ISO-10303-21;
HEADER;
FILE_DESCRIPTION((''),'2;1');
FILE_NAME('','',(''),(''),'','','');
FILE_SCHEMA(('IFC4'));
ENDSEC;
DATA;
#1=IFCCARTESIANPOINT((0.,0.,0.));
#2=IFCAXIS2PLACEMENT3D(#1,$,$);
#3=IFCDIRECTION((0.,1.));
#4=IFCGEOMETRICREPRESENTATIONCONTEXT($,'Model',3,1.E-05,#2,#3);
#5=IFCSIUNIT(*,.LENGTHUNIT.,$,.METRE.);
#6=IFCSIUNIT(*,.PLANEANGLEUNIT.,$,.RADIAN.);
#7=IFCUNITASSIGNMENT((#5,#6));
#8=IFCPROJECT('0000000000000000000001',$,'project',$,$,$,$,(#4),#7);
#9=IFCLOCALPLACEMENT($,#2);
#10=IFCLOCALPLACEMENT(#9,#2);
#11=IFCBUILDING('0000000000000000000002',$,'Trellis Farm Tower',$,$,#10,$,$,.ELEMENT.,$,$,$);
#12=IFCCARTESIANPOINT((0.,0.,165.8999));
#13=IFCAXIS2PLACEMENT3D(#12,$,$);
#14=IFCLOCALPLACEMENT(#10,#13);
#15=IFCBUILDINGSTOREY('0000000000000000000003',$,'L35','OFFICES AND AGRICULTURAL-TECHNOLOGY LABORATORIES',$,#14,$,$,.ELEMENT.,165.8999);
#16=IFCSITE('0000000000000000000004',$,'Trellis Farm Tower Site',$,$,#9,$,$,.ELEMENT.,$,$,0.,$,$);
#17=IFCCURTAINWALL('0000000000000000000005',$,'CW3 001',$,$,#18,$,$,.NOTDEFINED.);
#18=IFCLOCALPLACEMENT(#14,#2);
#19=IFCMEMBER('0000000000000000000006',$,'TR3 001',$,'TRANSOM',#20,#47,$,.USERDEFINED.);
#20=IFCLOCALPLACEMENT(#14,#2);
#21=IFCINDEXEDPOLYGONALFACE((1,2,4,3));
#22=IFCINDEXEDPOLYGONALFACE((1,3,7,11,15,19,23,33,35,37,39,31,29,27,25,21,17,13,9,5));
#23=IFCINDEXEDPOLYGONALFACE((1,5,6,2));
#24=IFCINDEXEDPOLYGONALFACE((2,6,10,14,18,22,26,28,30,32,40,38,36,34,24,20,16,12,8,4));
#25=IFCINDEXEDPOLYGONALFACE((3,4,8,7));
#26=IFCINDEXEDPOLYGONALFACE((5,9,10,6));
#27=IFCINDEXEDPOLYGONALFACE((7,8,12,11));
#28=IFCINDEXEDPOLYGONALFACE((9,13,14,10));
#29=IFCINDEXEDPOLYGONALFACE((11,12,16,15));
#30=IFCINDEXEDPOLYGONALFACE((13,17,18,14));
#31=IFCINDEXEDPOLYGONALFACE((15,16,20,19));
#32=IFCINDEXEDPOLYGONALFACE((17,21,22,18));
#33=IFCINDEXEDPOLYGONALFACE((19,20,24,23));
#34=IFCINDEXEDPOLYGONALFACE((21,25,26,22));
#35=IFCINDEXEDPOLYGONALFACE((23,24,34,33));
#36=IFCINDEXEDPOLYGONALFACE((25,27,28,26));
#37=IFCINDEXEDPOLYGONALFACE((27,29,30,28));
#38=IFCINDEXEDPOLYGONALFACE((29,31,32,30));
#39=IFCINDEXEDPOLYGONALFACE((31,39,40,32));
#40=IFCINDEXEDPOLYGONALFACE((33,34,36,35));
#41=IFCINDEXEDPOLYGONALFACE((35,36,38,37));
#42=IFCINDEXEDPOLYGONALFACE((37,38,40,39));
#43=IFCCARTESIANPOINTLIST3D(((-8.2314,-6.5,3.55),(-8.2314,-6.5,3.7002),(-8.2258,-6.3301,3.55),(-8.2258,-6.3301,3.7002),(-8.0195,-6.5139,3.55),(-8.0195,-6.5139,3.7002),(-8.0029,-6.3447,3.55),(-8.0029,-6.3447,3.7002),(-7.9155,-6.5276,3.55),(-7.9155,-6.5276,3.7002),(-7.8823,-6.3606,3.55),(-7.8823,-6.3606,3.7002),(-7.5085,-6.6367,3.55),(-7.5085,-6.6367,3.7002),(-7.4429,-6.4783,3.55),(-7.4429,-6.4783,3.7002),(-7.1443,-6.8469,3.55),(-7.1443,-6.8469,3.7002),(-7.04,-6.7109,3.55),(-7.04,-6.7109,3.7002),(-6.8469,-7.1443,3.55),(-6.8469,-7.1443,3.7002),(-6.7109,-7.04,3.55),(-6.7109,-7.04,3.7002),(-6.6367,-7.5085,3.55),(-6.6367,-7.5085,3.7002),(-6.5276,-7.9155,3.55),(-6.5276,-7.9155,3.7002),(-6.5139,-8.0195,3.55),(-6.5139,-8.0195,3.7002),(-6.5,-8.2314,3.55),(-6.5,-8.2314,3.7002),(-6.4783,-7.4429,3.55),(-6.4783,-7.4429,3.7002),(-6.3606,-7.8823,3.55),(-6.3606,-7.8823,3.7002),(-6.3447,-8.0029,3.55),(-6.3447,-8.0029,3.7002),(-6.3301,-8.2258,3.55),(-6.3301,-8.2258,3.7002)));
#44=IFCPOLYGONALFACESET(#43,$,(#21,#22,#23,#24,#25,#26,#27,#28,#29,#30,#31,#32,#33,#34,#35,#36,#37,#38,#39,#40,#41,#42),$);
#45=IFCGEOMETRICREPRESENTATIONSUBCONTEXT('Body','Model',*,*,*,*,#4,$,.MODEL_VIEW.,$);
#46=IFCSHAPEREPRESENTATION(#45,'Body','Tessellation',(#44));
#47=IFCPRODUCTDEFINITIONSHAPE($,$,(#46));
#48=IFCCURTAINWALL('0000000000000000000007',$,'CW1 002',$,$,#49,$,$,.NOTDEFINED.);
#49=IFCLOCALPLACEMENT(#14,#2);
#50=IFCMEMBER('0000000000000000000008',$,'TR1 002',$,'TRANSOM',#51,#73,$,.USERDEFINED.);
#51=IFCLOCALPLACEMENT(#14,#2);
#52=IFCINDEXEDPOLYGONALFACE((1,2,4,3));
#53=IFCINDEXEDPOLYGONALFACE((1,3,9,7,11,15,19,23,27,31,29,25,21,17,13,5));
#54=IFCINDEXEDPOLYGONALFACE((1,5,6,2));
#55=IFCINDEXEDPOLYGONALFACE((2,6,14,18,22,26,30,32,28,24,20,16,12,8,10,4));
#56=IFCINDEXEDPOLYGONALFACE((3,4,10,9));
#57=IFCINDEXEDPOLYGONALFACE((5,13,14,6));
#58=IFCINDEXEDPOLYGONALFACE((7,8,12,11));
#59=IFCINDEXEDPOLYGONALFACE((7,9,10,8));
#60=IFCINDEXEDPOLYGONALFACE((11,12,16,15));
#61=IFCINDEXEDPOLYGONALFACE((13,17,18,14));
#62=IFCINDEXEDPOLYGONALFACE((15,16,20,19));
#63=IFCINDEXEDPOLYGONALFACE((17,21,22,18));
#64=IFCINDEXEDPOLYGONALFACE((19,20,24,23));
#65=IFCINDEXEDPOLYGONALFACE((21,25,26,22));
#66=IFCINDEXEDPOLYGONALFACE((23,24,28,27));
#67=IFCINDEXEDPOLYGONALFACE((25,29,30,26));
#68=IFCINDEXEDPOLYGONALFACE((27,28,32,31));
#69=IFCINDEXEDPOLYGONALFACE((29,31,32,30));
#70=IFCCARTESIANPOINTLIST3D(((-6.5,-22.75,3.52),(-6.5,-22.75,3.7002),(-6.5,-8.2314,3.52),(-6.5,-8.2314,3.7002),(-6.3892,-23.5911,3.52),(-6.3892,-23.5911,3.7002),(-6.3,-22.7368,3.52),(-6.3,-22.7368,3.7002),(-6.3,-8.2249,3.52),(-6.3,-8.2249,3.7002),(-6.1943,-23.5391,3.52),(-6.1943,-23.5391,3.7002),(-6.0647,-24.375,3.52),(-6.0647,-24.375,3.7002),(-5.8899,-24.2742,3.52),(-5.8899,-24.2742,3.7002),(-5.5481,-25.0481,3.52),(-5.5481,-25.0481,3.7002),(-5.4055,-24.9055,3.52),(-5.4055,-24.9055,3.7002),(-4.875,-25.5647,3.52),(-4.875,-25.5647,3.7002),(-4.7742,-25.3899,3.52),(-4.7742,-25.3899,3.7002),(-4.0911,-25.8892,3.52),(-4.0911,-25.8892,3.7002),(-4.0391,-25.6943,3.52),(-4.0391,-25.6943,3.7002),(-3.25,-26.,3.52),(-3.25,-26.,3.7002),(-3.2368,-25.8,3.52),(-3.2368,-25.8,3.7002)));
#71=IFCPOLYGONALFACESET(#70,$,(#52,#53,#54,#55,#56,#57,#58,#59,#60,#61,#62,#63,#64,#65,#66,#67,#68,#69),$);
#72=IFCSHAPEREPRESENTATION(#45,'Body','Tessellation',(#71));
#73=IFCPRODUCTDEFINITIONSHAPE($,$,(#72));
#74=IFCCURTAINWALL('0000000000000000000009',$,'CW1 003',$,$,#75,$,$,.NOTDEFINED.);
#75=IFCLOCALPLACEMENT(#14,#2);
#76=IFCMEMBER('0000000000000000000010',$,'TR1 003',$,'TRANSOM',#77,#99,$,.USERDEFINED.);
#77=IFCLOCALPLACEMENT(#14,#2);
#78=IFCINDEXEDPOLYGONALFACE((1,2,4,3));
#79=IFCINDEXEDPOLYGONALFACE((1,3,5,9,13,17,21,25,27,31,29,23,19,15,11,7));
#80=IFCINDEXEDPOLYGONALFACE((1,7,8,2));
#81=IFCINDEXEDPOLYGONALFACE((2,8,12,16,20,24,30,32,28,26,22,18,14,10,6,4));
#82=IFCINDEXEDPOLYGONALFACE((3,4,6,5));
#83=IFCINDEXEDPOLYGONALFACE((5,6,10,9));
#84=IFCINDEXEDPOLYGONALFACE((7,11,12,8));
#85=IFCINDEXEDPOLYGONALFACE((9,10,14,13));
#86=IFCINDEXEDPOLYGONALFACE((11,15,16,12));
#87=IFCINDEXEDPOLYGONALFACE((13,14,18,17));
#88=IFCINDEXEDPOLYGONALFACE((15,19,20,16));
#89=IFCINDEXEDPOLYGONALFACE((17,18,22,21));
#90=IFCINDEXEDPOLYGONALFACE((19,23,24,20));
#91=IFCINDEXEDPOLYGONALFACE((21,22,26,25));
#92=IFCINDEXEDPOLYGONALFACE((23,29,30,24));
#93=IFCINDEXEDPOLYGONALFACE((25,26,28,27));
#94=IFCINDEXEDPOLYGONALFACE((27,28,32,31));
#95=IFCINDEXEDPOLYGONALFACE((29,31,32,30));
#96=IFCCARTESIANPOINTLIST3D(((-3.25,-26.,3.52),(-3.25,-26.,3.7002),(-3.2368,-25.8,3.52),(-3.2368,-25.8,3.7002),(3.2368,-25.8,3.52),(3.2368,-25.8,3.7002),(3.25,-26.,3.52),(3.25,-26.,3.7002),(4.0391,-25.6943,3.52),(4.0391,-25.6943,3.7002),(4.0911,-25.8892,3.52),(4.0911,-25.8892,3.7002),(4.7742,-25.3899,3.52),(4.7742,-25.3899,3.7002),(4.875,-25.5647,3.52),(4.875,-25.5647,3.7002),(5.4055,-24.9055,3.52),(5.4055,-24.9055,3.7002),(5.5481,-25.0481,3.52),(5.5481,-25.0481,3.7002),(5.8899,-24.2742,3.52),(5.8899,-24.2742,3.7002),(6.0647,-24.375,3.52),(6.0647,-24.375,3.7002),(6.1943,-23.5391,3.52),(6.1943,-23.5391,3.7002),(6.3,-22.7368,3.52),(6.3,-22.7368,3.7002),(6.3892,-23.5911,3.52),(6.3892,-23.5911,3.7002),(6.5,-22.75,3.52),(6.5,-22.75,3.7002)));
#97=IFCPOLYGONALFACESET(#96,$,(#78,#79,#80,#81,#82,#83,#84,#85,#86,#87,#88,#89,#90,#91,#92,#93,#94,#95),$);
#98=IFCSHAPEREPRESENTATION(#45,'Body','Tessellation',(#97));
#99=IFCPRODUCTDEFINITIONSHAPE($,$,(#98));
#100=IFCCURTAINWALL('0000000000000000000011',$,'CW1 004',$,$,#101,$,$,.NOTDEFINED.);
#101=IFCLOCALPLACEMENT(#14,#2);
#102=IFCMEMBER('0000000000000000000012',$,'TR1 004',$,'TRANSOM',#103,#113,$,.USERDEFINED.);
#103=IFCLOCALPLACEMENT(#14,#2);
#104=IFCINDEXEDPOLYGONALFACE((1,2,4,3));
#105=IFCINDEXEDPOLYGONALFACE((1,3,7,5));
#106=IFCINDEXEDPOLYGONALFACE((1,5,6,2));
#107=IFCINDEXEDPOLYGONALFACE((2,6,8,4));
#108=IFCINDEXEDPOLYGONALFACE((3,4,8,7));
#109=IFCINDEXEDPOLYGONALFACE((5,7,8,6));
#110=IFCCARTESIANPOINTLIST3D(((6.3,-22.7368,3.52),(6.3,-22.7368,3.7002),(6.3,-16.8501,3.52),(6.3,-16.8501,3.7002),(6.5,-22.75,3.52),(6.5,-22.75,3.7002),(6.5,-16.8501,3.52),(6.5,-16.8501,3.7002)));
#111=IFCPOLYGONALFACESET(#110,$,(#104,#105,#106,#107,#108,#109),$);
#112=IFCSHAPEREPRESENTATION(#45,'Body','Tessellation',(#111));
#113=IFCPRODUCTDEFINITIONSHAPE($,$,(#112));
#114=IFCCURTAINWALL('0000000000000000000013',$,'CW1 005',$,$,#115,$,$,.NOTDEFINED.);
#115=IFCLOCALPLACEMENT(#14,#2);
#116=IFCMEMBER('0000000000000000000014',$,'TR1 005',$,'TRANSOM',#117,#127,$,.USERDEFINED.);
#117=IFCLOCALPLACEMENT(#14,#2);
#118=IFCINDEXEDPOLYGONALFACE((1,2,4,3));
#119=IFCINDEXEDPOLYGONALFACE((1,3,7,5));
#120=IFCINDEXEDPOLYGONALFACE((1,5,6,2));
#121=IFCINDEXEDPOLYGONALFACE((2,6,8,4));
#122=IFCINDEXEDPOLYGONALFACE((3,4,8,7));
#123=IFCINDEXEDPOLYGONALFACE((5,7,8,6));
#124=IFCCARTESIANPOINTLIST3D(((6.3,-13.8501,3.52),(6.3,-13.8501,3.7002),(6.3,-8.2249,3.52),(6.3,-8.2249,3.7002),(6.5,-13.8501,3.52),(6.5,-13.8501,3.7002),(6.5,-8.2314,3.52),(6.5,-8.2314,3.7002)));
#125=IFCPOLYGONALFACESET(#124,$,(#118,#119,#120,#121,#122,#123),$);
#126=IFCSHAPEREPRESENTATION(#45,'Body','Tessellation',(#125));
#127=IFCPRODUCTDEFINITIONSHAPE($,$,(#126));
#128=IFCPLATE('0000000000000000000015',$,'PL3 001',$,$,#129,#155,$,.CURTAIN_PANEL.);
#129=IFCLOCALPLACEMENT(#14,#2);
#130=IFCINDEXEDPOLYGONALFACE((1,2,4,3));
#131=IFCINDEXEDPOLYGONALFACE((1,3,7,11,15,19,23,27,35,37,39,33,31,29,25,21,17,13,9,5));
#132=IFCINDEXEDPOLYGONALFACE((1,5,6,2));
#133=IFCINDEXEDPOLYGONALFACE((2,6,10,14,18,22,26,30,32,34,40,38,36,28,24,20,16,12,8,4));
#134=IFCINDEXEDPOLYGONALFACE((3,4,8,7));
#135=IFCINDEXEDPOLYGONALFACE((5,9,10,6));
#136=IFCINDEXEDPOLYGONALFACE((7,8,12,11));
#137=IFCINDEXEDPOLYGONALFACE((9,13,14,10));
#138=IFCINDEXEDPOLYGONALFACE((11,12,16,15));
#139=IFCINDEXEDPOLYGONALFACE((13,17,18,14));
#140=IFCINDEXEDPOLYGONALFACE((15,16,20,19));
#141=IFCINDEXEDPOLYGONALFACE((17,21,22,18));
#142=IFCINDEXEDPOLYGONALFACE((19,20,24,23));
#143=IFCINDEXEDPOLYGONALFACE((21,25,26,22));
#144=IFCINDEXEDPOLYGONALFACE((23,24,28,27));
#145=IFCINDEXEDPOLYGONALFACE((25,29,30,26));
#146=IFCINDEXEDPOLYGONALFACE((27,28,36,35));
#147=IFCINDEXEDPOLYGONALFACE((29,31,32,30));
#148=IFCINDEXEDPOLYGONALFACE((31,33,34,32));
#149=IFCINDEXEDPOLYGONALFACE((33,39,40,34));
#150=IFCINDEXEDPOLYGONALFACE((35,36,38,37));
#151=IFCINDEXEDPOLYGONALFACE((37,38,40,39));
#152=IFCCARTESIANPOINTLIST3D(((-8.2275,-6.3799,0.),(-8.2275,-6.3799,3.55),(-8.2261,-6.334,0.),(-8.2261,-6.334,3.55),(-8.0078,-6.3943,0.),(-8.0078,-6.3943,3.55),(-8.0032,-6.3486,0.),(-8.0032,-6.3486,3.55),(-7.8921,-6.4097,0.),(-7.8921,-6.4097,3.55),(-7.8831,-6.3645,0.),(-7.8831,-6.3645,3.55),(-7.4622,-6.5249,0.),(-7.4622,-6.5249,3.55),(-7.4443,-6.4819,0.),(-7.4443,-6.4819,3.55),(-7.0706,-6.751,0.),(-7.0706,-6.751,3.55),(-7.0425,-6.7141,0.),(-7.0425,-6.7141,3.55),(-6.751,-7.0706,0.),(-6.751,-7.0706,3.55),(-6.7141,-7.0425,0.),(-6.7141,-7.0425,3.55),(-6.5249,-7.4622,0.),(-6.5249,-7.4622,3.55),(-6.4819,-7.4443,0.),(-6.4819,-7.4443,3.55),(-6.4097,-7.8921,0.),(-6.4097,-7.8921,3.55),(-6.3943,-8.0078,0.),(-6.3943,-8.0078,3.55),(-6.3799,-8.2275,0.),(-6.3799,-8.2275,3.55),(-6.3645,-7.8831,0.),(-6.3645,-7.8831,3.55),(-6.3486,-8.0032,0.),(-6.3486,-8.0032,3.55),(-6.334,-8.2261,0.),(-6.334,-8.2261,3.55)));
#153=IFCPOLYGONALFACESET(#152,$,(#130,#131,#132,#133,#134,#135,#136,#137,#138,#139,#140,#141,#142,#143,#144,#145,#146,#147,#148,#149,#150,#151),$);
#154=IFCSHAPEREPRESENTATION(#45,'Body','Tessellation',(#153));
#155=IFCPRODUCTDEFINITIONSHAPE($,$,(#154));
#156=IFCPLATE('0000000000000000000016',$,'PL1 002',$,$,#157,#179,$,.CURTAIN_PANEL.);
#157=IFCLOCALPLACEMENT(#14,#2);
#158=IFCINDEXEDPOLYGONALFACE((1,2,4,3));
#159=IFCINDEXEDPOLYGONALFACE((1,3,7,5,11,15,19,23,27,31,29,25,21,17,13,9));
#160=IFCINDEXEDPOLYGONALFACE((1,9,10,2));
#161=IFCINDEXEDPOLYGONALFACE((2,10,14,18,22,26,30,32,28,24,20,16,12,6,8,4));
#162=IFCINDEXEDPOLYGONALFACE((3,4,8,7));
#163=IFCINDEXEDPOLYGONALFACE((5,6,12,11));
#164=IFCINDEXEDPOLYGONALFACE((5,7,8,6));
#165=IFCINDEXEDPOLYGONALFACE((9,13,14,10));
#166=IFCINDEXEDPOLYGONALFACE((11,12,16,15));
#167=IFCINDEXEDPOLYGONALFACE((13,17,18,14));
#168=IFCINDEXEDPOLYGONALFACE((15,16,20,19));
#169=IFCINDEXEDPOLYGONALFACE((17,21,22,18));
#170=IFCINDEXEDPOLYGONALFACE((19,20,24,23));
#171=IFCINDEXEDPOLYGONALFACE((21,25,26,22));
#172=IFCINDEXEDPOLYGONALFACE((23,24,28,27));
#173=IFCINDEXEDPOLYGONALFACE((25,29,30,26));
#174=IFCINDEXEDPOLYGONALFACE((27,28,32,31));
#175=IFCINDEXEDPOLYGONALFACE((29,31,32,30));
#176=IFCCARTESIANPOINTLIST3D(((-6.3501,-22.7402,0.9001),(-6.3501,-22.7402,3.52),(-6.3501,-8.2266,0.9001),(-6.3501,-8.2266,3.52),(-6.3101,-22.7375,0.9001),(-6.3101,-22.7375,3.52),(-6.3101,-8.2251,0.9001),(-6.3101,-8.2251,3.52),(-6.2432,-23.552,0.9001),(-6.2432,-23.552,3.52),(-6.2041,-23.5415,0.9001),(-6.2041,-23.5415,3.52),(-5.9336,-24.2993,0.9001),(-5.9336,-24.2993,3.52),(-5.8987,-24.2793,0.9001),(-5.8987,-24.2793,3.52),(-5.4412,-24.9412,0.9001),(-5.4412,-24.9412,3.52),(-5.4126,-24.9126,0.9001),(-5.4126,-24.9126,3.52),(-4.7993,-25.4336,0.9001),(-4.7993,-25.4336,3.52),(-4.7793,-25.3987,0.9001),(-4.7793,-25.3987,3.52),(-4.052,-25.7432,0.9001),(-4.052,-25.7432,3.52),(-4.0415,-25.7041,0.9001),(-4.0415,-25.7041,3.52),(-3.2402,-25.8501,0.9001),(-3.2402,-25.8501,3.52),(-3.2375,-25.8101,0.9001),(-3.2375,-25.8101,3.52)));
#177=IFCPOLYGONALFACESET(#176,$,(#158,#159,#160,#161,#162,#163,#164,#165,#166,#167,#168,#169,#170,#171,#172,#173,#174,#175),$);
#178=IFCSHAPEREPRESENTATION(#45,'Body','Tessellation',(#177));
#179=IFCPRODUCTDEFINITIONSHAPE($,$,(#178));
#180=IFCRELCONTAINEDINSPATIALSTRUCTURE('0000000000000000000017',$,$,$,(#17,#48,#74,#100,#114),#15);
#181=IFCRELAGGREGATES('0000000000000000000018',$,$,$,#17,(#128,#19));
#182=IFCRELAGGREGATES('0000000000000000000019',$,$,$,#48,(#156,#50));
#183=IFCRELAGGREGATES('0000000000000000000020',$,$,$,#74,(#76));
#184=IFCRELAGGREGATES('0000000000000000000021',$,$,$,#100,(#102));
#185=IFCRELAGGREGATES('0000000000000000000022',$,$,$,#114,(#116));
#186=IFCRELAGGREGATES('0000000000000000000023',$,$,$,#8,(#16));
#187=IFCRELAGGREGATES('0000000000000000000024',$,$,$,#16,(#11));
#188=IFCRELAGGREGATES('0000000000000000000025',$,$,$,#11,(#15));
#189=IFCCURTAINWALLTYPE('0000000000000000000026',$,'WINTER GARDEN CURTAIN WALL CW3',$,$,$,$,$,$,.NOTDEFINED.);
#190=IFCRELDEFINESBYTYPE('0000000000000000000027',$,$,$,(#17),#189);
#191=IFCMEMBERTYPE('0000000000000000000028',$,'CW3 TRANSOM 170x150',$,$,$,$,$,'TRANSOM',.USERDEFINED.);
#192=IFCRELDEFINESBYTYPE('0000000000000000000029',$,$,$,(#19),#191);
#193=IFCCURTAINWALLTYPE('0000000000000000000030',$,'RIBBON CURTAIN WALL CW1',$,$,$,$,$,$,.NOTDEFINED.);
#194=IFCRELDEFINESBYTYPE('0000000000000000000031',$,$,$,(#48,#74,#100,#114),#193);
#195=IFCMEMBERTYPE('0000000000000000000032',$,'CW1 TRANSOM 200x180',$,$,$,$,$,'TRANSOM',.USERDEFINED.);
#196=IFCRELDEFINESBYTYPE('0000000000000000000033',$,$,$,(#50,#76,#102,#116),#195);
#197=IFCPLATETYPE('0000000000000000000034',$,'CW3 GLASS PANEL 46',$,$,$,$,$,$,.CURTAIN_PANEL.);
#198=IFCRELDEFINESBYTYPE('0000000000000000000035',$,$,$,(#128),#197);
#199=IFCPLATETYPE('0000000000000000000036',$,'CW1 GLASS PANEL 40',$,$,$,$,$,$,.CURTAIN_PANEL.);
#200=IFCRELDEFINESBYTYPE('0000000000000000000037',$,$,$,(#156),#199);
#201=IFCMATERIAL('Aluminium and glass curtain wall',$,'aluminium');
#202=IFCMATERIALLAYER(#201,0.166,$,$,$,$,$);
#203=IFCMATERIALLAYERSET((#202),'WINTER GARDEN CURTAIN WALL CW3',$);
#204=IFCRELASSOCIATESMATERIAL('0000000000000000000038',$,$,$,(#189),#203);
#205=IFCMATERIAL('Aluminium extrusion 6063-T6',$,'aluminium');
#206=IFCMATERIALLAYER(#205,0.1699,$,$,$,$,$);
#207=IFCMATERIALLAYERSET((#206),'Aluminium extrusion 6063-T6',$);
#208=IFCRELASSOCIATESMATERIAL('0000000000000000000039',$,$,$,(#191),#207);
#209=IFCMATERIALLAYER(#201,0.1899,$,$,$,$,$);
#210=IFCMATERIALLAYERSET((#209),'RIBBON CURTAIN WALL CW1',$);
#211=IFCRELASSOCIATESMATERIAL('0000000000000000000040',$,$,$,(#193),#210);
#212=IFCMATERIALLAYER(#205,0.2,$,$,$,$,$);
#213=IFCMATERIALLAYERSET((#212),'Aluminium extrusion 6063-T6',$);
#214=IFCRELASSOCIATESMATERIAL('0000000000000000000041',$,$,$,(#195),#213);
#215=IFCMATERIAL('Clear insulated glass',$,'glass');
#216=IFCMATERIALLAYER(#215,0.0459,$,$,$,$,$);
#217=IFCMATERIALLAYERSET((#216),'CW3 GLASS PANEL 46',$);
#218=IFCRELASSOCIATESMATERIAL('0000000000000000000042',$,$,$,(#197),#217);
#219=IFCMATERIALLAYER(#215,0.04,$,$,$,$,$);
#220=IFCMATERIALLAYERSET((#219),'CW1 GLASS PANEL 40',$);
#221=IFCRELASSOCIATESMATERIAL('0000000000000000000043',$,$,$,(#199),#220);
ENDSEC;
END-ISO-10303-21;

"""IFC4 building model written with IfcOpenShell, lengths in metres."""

from ifc_helpers import new_model, si_unit, direction, frame, origin, place, context, subcontext, project, spatial, polyline, outline, extrude, source, transform, mapped, material, layer, layer_set, type_object, element, aggregate, save


model = new_model("IFC4")

# Units and contexts
model_context = context("Model", 3, precision=1e-05, world=origin(), true_north=direction((0.0, 1.0)))
body_context = subcontext(model_context, "Body", "Model", "MODEL_VIEW")
ifc_project = project(units=[si_unit("LENGTHUNIT", "METRE"), si_unit("PLANEANGLEUNIT", "RADIAN")], contexts=[model_context])

# Site, building, storey
site_placement = place(None, origin())
site = spatial("IfcSite", under=ifc_project, at=site_placement, Name="Trellis Farm Tower Site", CompositionType="ELEMENT", RefElevation=0.0)
building_placement = place(site_placement, origin())
building = spatial("IfcBuilding", under=site, at=building_placement, Name="Trellis Farm Tower", CompositionType="ELEMENT")
storey_placement = place(building_placement, frame((0.0, 0.0, 165.8999)))
storey = spatial("IfcBuildingStorey", under=building, at=storey_placement, Name="L35", Description="OFFICES AND AGRICULTURAL-TECHNOLOGY LABORATORIES", CompositionType="ELEMENT", Elevation=165.8999)

# Curtain walls, members
ifc_material_1 = material(Name="Aluminium and glass curtain wall", Category="aluminium")
ifc_layer_1 = layer(ifc_material_1, 0.166)
ifc_layer_set_1 = layer_set([ifc_layer_1], Name="WINTER GARDEN CURTAIN WALL CW3")
curtain_wall_type_1 = type_object("IfcCurtainWallType", Name="WINTER GARDEN CURTAIN WALL CW3", PredefinedType="NOTDEFINED", material=ifc_layer_set_1)
placement_1 = place(storey_placement, origin())
curtain_wall_1 = element("IfcCurtainWall", 1, at=placement_1, inside=storey, type_object=curtain_wall_type_1, Name="CW3 001", PredefinedType="NOTDEFINED")
ifc_material_2 = material(Name="Aluminium extrusion 6063-T6", Category="aluminium")
ifc_layer_2 = layer(ifc_material_2, 0.1699)
ifc_layer_set_2 = layer_set([ifc_layer_2], Name="Aluminium extrusion 6063-T6")
member_type_1 = type_object("IfcMemberType", Name="CW3 TRANSOM 170x150", ElementType="TRANSOM", PredefinedType="USERDEFINED", material=ifc_layer_set_2)
shared_shape_1 = source(origin(), body_context, "Body", "SweptSolid", [
    extrude(outline(polyline([(-8.2314, -6.5), (-8.0195, -6.5139), (-7.9155, -6.5276), (-7.5085, -6.6367), (-7.1443, -6.8469), (-6.8469, -7.1443), (-6.6367, -7.5085), (-6.5276, -7.9155), (-6.5139, -8.0195), (-6.5, -8.2314), (-6.3301, -8.2258), (-6.3447, -8.0029), (-6.3606, -7.8823), (-6.4783, -7.4429), (-6.7109, -7.04), (-7.04, -6.7109), (-7.4429, -6.4783), (-7.8823, -6.3606), (-8.0029, -6.3447), (-8.2258, -6.3301), (-8.2314, -6.5)])), origin(), (0.0, 0.0, 1.0), 0.1501),
])
member_1_placement = place(storey_placement, frame((0.0, 0.0, 3.55)))
member_1 = element("IfcMember", 2, at=member_1_placement, type_object=member_type_1, Name="TR3 001", ObjectType="TRANSOM", PredefinedType="USERDEFINED", context=body_context, shape_type="MappedRepresentation", body=[
    mapped(shared_shape_1, transform((0.0, 0.0, 0.0))),
])
ifc_layer_3 = layer(ifc_material_1, 0.1899)
ifc_layer_set_3 = layer_set([ifc_layer_3], Name="RIBBON CURTAIN WALL CW1")
curtain_wall_type_2 = type_object("IfcCurtainWallType", Name="RIBBON CURTAIN WALL CW1", PredefinedType="NOTDEFINED", material=ifc_layer_set_3)
curtain_wall_2 = element("IfcCurtainWall", 3, at=placement_1, inside=storey, type_object=curtain_wall_type_2, Name="CW1 002", PredefinedType="NOTDEFINED")
ifc_layer_4 = layer(ifc_material_2, 0.2)
ifc_layer_set_4 = layer_set([ifc_layer_4], Name="Aluminium extrusion 6063-T6")
member_type_2 = type_object("IfcMemberType", Name="CW1 TRANSOM 200x180", ElementType="TRANSOM", PredefinedType="USERDEFINED", material=ifc_layer_set_4)
shared_shape_2 = source(origin(), body_context, "Body", "SweptSolid", [
    extrude(outline(polyline([(-6.5, -8.2314), (-6.5, -22.75), (-6.3892, -23.5911), (-6.0647, -24.375), (-5.5481, -25.0481), (-4.875, -25.5647), (-4.0911, -25.8892), (-3.25, -26.0), (-3.2368, -25.8), (-4.0391, -25.6943), (-4.7742, -25.3899), (-5.4055, -24.9055), (-5.8899, -24.2742), (-6.1943, -23.5391), (-6.3, -22.7368), (-6.3, -8.2249), (-6.5, -8.2314)])), origin(), (0.0, 0.0, 1.0), 0.1802),
])
placement_2 = place(storey_placement, frame((0.0, 0.0, 3.52)))
member_2 = element("IfcMember", 4, at=placement_2, type_object=member_type_2, Name="TR1 002", ObjectType="TRANSOM", PredefinedType="USERDEFINED", context=body_context, shape_type="MappedRepresentation", body=[
    mapped(shared_shape_2, transform((0.0, 0.0, 0.0))),
])
curtain_wall_3 = element("IfcCurtainWall", 5, at=placement_1, inside=storey, type_object=curtain_wall_type_2, Name="CW1 003", PredefinedType="NOTDEFINED")
shared_shape_3 = source(origin(), body_context, "Body", "SweptSolid", [
    extrude(outline(polyline([(-3.25, -26.0), (3.25, -26.0), (4.0911, -25.8892), (4.875, -25.5647), (5.5481, -25.0481), (6.0647, -24.375), (6.3892, -23.5911), (6.5, -22.75), (6.3, -22.7368), (6.1943, -23.5391), (5.8899, -24.2742), (5.4055, -24.9055), (4.7742, -25.3899), (4.0391, -25.6943), (3.2368, -25.8), (-3.2368, -25.8), (-3.25, -26.0)])), origin(), (0.0, 0.0, 1.0), 0.1802),
])
member_3 = element("IfcMember", 6, at=placement_2, type_object=member_type_2, Name="TR1 003", ObjectType="TRANSOM", PredefinedType="USERDEFINED", context=body_context, shape_type="MappedRepresentation", body=[
    mapped(shared_shape_3, transform((0.0, 0.0, 0.0))),
])
curtain_wall_4 = element("IfcCurtainWall", 7, at=placement_1, inside=storey, type_object=curtain_wall_type_2, Name="CW1 004", PredefinedType="NOTDEFINED")
shared_shape_4 = source(origin(), body_context, "Body", "SweptSolid", [
    extrude(outline(polyline([(6.5, -22.75), (6.5, -16.8501), (6.3, -16.8501), (6.3, -22.7368), (6.5, -22.75)])), origin(), (0.0, 0.0, 1.0), 0.1802),
])
member_4 = element("IfcMember", 8, at=placement_2, type_object=member_type_2, Name="TR1 004", ObjectType="TRANSOM", PredefinedType="USERDEFINED", context=body_context, shape_type="MappedRepresentation", body=[
    mapped(shared_shape_4, transform((0.0, 0.0, 0.0))),
])
curtain_wall_5 = element("IfcCurtainWall", 9, at=placement_1, inside=storey, type_object=curtain_wall_type_2, Name="CW1 005", PredefinedType="NOTDEFINED")
shared_shape_5 = source(origin(), body_context, "Body", "SweptSolid", [
    extrude(outline(polyline([(6.5, -13.8501), (6.5, -8.2314), (6.3, -8.2249), (6.3, -13.8501), (6.5, -13.8501)])), origin(), (0.0, 0.0, 1.0), 0.1802),
])
member_5 = element("IfcMember", 10, at=placement_2, type_object=member_type_2, Name="TR1 005", ObjectType="TRANSOM", PredefinedType="USERDEFINED", context=body_context, shape_type="MappedRepresentation", body=[
    mapped(shared_shape_5, transform((0.0, 0.0, 0.0))),
])

# Plates
ifc_material_3 = material(Name="Clear insulated glass", Category="glass")
ifc_layer_5 = layer(ifc_material_3, 0.0459)
ifc_layer_set_5 = layer_set([ifc_layer_5], Name="CW3 GLASS PANEL 46")
plate_type_1 = type_object("IfcPlateType", Name="CW3 GLASS PANEL 46", PredefinedType="CURTAIN_PANEL", material=ifc_layer_set_5)
shared_shape_6 = source(origin(), body_context, "Body", "SweptSolid", [
    extrude(outline(polyline([(-8.2275, -6.3799), (-8.0078, -6.3943), (-7.8921, -6.4097), (-7.4622, -6.5249), (-7.0706, -6.751), (-6.751, -7.0706), (-6.5249, -7.4622), (-6.4097, -7.8921), (-6.3943, -8.0078), (-6.3799, -8.2275), (-6.334, -8.2261), (-6.3486, -8.0032), (-6.3645, -7.8831), (-6.4819, -7.4443), (-6.7141, -7.0425), (-7.0425, -6.7141), (-7.4443, -6.4819), (-7.8831, -6.3645), (-8.0032, -6.3486), (-8.2261, -6.334), (-8.2275, -6.3799)])), origin(), (0.0, 0.0, 1.0), 3.55),
])
plate_1 = element("IfcPlate", 11, at=placement_1, type_object=plate_type_1, Name="PL3 001", PredefinedType="CURTAIN_PANEL", context=body_context, shape_type="MappedRepresentation", body=[
    mapped(shared_shape_6, transform((0.0, 0.0, 0.0))),
])
aggregate(curtain_wall_1, [plate_1, member_1])
ifc_layer_6 = layer(ifc_material_3, 0.04)
ifc_layer_set_6 = layer_set([ifc_layer_6], Name="CW1 GLASS PANEL 40")
plate_type_2 = type_object("IfcPlateType", Name="CW1 GLASS PANEL 40", PredefinedType="CURTAIN_PANEL", material=ifc_layer_set_6)
shared_shape_7 = source(origin(), body_context, "Body", "SweptSolid", [
    extrude(outline(polyline([(-6.3501, -8.2266), (-6.3501, -22.7402), (-6.2432, -23.552), (-5.9336, -24.2993), (-5.4412, -24.9412), (-4.7993, -25.4336), (-4.052, -25.7432), (-3.2402, -25.8501), (-3.2375, -25.8101), (-4.0415, -25.7041), (-4.7793, -25.3987), (-5.4126, -24.9126), (-5.8987, -24.2793), (-6.2041, -23.5415), (-6.3101, -22.7375), (-6.3101, -8.2251), (-6.3501, -8.2266)])), origin(), (0.0, 0.0, 1.0), 2.6199),
])
placement_3 = place(storey_placement, frame((0.0, 0.0, 0.9001)))
plate_2 = element("IfcPlate", 12, at=placement_3, type_object=plate_type_2, Name="PL1 002", PredefinedType="CURTAIN_PANEL", context=body_context, shape_type="MappedRepresentation", body=[
    mapped(shared_shape_7, transform((0.0, 0.0, 0.0))),
])
aggregate(curtain_wall_2, [plate_2, member_2])
aggregate(curtain_wall_3, [member_3])
aggregate(curtain_wall_4, [member_4])
aggregate(curtain_wall_5, [member_5])

save(model, "model.ifc")
